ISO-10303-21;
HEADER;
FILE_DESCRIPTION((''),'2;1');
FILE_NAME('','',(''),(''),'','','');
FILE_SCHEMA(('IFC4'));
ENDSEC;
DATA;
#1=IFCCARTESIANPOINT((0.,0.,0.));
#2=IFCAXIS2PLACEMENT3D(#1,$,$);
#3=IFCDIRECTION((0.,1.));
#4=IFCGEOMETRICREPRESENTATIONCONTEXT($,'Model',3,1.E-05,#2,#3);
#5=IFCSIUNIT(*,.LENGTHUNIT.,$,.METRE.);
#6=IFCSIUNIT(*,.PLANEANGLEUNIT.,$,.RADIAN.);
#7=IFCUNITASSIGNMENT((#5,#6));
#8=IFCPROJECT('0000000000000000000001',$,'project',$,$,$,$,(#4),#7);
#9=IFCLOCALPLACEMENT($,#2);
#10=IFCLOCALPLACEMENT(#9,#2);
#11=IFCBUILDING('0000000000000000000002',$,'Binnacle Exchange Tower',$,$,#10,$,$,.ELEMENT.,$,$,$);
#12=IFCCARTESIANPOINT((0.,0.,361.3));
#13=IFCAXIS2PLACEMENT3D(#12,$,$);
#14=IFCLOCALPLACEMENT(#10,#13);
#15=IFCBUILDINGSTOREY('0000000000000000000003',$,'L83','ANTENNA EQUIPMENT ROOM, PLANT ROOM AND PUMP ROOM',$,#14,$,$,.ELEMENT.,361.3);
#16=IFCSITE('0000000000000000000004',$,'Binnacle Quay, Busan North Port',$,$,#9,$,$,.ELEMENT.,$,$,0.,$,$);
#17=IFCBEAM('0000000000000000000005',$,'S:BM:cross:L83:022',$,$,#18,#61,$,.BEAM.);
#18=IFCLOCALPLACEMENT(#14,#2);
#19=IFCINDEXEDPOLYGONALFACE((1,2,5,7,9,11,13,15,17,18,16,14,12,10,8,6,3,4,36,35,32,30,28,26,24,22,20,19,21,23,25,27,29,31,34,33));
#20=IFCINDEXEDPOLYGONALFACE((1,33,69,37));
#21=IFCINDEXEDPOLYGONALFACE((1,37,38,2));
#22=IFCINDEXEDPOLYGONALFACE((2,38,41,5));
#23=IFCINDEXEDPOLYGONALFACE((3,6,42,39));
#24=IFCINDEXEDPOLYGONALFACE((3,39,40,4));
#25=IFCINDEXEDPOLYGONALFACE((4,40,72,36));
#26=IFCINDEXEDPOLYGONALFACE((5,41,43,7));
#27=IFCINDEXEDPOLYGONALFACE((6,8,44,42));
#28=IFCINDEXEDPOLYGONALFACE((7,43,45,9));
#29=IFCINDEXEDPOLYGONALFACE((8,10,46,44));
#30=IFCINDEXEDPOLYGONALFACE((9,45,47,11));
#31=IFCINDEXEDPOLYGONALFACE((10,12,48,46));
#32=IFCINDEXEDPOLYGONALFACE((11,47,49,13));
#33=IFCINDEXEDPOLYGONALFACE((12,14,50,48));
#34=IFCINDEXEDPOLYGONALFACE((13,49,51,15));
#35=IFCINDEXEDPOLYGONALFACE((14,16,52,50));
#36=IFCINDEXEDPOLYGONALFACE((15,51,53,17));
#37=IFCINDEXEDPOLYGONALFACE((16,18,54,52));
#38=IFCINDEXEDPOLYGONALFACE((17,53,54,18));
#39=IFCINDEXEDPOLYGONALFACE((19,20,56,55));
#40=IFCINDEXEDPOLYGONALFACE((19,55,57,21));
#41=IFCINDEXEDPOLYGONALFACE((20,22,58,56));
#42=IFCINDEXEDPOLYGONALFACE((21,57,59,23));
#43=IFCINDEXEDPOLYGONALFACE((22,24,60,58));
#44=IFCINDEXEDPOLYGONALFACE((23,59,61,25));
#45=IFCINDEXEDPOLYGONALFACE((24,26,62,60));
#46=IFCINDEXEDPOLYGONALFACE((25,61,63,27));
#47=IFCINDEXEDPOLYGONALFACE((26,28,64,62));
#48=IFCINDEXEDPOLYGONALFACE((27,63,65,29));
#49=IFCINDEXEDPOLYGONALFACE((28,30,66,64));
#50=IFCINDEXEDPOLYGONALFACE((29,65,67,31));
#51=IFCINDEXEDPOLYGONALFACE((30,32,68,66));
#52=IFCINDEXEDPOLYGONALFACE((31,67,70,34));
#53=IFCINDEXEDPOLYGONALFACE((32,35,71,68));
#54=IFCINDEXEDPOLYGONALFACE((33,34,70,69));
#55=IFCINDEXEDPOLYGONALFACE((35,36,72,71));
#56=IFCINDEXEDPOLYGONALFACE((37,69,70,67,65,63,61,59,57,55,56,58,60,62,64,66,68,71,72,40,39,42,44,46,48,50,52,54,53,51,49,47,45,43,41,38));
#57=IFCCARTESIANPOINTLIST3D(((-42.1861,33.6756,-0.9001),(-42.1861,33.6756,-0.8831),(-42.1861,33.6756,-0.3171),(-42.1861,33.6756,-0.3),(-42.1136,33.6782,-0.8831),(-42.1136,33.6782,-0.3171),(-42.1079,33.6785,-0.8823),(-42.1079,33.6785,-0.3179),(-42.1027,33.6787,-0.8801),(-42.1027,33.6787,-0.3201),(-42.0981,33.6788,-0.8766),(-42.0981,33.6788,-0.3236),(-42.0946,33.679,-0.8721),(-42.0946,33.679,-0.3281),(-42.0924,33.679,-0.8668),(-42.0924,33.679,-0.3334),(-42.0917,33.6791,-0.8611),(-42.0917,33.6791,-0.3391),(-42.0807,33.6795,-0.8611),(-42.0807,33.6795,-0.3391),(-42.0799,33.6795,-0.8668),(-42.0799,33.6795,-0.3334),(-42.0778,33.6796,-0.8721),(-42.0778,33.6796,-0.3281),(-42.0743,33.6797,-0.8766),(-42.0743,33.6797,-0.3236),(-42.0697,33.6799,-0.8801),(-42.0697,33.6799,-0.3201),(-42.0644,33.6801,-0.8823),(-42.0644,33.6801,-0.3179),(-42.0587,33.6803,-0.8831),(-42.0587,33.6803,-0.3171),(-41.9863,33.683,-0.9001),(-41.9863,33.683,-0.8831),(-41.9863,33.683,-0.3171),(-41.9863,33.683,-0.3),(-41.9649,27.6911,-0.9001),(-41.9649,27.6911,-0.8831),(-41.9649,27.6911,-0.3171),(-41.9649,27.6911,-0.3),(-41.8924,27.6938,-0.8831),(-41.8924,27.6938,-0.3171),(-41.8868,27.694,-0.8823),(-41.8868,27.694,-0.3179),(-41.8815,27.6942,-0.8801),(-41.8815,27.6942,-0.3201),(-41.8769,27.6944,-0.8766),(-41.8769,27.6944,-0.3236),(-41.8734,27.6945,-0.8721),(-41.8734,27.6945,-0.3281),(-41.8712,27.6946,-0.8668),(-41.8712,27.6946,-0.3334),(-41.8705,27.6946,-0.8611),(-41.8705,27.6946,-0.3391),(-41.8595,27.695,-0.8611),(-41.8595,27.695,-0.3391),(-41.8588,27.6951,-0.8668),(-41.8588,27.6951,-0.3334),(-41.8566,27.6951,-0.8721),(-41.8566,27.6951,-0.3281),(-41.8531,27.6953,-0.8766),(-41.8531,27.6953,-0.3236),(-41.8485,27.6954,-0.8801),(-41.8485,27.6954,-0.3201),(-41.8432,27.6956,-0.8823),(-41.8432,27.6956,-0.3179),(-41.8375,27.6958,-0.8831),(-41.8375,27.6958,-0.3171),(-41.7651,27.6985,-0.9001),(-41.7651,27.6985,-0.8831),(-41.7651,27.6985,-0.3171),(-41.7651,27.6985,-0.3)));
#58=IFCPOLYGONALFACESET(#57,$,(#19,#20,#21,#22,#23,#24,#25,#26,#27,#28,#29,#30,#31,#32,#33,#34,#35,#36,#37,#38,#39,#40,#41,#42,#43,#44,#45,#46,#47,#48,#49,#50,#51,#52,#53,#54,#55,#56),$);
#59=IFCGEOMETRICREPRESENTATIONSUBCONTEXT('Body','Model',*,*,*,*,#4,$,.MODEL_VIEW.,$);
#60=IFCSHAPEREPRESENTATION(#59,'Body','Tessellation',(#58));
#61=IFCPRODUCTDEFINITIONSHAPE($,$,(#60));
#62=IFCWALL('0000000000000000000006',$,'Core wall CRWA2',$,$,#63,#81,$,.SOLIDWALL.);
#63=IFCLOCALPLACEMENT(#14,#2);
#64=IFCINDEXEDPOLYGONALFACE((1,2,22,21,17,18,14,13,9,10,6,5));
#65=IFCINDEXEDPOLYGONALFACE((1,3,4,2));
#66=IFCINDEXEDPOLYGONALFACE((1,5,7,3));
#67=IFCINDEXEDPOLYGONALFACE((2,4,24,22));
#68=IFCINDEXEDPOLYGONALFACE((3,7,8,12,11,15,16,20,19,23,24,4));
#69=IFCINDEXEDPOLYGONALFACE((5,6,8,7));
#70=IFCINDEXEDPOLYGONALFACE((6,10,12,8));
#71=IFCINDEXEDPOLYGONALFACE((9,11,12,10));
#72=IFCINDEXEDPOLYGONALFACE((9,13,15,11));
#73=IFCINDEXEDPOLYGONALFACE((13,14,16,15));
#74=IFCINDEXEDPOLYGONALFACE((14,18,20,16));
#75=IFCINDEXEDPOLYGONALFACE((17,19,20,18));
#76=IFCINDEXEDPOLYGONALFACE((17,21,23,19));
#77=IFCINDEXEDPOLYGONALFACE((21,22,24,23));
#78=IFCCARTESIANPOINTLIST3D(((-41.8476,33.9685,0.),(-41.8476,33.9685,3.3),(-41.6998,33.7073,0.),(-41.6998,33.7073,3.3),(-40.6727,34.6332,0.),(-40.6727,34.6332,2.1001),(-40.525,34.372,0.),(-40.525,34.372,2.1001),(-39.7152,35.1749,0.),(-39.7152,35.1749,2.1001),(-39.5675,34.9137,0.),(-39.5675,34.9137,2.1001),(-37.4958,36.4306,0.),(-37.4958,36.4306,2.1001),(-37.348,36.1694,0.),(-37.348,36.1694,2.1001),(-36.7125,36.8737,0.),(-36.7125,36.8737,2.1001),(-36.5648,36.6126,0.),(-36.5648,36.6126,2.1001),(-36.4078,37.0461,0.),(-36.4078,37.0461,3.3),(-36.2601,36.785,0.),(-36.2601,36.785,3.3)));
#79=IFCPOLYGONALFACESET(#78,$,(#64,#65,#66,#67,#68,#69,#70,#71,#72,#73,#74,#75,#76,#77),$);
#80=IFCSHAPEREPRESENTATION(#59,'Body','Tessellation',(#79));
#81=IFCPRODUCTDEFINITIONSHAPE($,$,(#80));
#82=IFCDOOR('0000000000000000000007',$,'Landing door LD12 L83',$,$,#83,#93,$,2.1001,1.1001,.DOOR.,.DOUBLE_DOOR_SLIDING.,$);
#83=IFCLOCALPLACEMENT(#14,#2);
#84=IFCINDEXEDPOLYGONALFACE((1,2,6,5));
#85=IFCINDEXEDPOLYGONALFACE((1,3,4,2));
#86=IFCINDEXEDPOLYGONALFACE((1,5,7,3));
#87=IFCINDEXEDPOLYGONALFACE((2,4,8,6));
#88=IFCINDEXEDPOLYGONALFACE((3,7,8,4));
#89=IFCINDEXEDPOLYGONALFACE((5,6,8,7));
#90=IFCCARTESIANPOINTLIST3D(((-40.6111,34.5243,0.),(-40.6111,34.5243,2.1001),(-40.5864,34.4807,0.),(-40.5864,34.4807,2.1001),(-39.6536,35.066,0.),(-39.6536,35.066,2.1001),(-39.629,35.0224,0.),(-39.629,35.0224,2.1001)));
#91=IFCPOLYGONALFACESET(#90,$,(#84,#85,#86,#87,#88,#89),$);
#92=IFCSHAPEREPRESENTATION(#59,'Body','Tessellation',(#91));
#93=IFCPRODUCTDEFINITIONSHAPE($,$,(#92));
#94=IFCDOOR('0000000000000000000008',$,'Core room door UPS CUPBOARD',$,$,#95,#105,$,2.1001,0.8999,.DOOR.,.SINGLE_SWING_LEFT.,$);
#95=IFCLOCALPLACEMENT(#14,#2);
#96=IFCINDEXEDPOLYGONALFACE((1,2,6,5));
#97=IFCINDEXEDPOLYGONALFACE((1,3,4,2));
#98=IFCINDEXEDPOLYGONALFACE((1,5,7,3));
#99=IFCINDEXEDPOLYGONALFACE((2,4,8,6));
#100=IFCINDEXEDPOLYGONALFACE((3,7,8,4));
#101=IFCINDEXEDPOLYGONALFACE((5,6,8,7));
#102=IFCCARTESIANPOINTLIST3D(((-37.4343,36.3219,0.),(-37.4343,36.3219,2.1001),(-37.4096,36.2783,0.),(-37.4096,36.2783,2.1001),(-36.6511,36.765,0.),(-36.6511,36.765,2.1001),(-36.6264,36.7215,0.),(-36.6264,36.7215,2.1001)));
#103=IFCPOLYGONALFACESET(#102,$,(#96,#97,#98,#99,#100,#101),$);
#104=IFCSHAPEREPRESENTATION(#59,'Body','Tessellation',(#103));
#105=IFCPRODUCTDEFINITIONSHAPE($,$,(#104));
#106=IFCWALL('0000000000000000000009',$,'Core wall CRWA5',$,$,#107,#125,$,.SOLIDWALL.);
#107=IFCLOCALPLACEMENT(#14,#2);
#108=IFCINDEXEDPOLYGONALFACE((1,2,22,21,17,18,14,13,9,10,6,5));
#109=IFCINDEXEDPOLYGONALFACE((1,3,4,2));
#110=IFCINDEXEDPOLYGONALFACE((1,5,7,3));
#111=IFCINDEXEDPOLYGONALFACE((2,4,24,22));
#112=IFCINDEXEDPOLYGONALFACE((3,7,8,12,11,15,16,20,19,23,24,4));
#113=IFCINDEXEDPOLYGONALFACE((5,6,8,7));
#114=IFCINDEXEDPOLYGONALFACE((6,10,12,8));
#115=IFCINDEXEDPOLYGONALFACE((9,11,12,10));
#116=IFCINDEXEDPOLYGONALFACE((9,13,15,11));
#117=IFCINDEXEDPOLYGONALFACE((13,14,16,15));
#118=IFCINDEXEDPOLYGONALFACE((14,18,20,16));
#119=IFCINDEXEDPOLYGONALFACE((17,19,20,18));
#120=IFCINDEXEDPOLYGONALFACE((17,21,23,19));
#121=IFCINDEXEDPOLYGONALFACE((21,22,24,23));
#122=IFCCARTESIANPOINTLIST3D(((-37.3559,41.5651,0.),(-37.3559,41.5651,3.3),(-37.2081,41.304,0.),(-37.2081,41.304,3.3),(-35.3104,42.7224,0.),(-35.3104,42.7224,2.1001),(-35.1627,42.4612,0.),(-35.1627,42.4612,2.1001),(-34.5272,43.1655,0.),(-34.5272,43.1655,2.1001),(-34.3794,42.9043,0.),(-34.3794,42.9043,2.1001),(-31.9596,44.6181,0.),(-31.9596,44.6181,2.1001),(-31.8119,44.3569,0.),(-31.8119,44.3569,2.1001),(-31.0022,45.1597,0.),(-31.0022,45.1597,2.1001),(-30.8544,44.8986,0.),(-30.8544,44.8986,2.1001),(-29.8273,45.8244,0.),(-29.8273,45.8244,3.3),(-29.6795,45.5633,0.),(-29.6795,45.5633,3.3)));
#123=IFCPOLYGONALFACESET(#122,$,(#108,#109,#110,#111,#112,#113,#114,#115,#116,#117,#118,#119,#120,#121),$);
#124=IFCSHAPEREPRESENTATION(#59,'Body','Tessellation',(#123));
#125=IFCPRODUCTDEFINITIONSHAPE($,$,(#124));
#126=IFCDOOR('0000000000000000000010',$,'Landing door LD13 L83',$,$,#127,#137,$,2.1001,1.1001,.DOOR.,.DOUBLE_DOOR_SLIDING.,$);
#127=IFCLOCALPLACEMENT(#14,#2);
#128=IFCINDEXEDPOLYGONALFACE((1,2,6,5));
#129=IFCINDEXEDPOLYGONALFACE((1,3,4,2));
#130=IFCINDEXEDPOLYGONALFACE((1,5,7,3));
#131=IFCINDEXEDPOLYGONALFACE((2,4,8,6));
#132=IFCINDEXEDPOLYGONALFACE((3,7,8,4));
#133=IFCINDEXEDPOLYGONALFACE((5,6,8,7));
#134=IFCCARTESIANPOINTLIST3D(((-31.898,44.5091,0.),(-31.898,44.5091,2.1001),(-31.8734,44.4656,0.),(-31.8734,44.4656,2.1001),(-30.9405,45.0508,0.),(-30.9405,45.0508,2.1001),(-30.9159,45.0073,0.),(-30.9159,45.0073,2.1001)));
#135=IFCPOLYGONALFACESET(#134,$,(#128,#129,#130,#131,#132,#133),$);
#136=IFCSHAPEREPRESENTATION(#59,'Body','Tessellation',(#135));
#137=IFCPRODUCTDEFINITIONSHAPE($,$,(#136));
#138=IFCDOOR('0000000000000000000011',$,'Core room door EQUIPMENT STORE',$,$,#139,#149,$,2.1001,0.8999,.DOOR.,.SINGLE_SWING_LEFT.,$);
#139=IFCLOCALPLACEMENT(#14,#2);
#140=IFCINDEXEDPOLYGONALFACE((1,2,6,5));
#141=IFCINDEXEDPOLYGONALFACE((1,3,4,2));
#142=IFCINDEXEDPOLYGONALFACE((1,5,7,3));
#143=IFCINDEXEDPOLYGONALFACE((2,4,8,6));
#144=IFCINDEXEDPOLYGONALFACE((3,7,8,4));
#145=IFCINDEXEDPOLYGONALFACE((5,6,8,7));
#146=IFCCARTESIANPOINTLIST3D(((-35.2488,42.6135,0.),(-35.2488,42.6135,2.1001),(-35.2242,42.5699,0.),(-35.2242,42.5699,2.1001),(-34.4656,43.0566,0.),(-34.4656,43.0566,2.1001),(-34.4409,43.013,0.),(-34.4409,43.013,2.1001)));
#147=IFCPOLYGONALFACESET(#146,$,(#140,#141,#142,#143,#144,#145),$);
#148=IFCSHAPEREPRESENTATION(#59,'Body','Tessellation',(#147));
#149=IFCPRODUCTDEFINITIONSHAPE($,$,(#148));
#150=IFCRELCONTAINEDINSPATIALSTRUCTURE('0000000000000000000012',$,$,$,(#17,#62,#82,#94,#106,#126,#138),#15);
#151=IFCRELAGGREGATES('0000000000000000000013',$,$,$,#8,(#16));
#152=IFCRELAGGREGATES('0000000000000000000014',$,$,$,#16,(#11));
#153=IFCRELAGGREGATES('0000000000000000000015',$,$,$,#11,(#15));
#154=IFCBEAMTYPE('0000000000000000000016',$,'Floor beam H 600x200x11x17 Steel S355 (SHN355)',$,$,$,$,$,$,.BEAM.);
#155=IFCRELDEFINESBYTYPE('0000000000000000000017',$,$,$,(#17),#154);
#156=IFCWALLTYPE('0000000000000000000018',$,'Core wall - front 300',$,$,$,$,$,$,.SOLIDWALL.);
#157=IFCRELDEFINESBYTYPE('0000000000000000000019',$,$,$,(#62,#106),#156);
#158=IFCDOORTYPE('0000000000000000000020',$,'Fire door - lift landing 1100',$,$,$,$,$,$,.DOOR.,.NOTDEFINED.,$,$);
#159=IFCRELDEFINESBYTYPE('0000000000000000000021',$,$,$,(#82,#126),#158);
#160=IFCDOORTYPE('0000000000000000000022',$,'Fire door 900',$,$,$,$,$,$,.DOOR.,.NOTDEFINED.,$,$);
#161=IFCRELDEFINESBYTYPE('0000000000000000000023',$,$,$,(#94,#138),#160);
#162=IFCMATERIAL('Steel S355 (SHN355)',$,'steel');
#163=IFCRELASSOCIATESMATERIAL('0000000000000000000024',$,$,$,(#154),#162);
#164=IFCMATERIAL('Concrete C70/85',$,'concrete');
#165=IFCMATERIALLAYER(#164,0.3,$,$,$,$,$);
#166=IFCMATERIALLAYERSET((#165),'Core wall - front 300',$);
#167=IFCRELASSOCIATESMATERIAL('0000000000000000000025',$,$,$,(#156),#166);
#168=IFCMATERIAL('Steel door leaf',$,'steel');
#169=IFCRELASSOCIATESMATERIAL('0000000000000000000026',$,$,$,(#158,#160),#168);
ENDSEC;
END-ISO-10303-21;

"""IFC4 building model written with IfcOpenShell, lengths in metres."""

from ifc_helpers import new_model, si_unit, direction, frame, frame_2d, origin, origin_2d, place, context, subcontext, project, spatial, rectangle, i_section, extrude, material, layer, layer_set, material_profile, profile_set, type_object, element, fill, save


model = new_model("IFC4")

# Units and contexts
model_context = context("Model", 3, precision=1e-05, world=origin(), true_north=direction((0.0, 1.0)))
body_context = subcontext(model_context, "Body", "Model", "MODEL_VIEW")
ifc_project = project(units=[si_unit("LENGTHUNIT", "METRE"), si_unit("PLANEANGLEUNIT", "RADIAN")], contexts=[model_context])

# Site, building, storey
site_placement = place(None, origin())
site = spatial("IfcSite", under=ifc_project, at=site_placement, Name="Binnacle Quay, Busan North Port", CompositionType="ELEMENT", RefElevation=0.0)
building_placement = place(site_placement, origin())
building = spatial("IfcBuilding", under=site, at=building_placement, Name="Binnacle Exchange Tower", CompositionType="ELEMENT")
storey_placement = place(building_placement, frame((0.0, 0.0, 361.3)))
storey = spatial("IfcBuildingStorey", under=building, at=storey_placement, Name="L83", Description="ANTENNA EQUIPMENT ROOM, PLANT ROOM AND PUMP ROOM", CompositionType="ELEMENT", Elevation=361.3)

# Shared definitions
ifc_material_1 = material(Name="Steel S355 (SHN355)", Category="steel")

# Beam
ifc_material_profile_1 = material_profile(ifc_material_1, i_section(OverallWidth=0.2, OverallDepth=0.6001, WebThickness=0.011, FlangeThickness=0.0171, FilletRadius=0.022, at=origin_2d()), Name="H 600x200x11x17")
ifc_profile_set_1 = profile_set([ifc_material_profile_1], Name="Steel S355 (SHN355)")
beam_type_1 = type_object("IfcBeamType", Name="Floor beam H 600x200x11x17 Steel S355 (SHN355)", PredefinedType="BEAM", material=ifc_profile_set_1)
beam_1_placement = place(storey_placement, frame((-41.865, 27.6948, -0.6001), z_axis=(-0.036936, 0.999318, 0.0), x_axis=(-0.999318, -0.036936, 0.0)))
element("IfcBeam", 1, at=beam_1_placement, inside=storey, type_object=beam_type_1, Name="S:BM:cross:L83:022", PredefinedType="BEAM", context=body_context, shape_type="SweptSolid", body=[
    extrude(i_section(OverallWidth=0.2, OverallDepth=0.6001, WebThickness=0.011, FlangeThickness=0.0171, FilletRadius=0.022, at=origin_2d()), origin(), (0.0, 0.0, 1.0), 5.9885),
])

# Walls, openings, doors
ifc_material_2 = material(Name="Concrete C70/85", Category="concrete")
ifc_layer_1 = layer(ifc_material_2, 0.3)
ifc_layer_set_1 = layer_set([ifc_layer_1], Name="Core wall - front 300")
wall_type_1 = type_object("IfcWallType", Name="Core wall - front 300", PredefinedType="SOLIDWALL", material=ifc_layer_set_1)
wall_1_placement = place(storey_placement, frame((-41.7737, 33.8379, 0.0), z_axis=(0.0, 0.0, 1.0), x_axis=(0.870355, 0.492424, 0.0)))
wall_1 = element("IfcWall", 2, at=wall_1_placement, inside=storey, type_object=wall_type_1, Name="Core wall CRWA2", PredefinedType="SOLIDWALL", context=body_context, shape_type="SweptSolid", body=[
    extrude(rectangle(XDim=6.25, YDim=0.3, at=frame_2d((3.125, 0.0))), origin(), (0.0, 0.0, 1.0), 3.3),
])
opening_1_placement = place(wall_1_placement, frame((1.3499, 0.0, 0.0)))
opening_1 = element("IfcOpeningElement", 3, at=opening_1_placement, cuts=wall_1, PredefinedType="OPENING", context=body_context, shape_type="SweptSolid", body=[
    extrude(rectangle(XDim=1.1001, YDim=2.1001, at=frame_2d((0.55, 1.05))), frame((0.0, 0.1599, 0.0), z_axis=(0.0, -1.0, 0.0), x_axis=(1.0, 0.0, 0.0)), (0.0, 0.0, 1.0), 0.3201),
])
opening_2_placement = place(wall_1_placement, frame((5.0, 0.0, 0.0)))
opening_2 = element("IfcOpeningElement", 4, at=opening_2_placement, cuts=wall_1, PredefinedType="OPENING", context=body_context, shape_type="SweptSolid", body=[
    extrude(rectangle(XDim=0.8999, YDim=2.1001, at=frame_2d((0.45, 1.05))), frame((0.0, 0.1599, 0.0), z_axis=(0.0, -1.0, 0.0), x_axis=(1.0, 0.0, 0.0)), (0.0, 0.0, 1.0), 0.3201),
])
ifc_material_3 = material(Name="Steel door leaf", Category="steel")
door_type_1 = type_object("IfcDoorType", Name="Fire door - lift landing 1100", OperationType="NOTDEFINED", PredefinedType="DOOR", material=ifc_material_3)
door_1_placement = place(opening_1_placement, origin())
door_1 = element("IfcDoor", 5, at=door_1_placement, inside=storey, type_object=door_type_1, Name="Landing door LD12 L83", OperationType="DOUBLE_DOOR_SLIDING", OverallHeight=2.1001, OverallWidth=1.1001, PredefinedType="DOOR", context=body_context, shape_type="SweptSolid", body=[
    extrude(rectangle(XDim=1.1001, YDim=2.1001, at=frame_2d((0.55, 1.05))), frame((0.0, 0.0249, 0.0), z_axis=(0.0, -1.0, 0.0), x_axis=(1.0, 0.0, 0.0)), (0.0, 0.0, 1.0), 0.05),
])
fill(opening_1, door_1)
door_type_2 = type_object("IfcDoorType", Name="Fire door 900", OperationType="NOTDEFINED", PredefinedType="DOOR", material=ifc_material_3)
door_2_placement = place(opening_2_placement, frame((0.8999, 0.0, 0.0), z_axis=(0.0, 0.0, 1.0), x_axis=(-1.0, 0.0, 0.0)))
door_2 = element("IfcDoor", 6, at=door_2_placement, inside=storey, type_object=door_type_2, Name="Core room door UPS CUPBOARD", OperationType="SINGLE_SWING_LEFT", OverallHeight=2.1001, OverallWidth=0.8999, PredefinedType="DOOR", context=body_context, shape_type="SweptSolid", body=[
    extrude(rectangle(XDim=0.8999, YDim=2.1001, at=frame_2d((0.45, 1.05))), frame((0.0, 0.0249, 0.0), z_axis=(0.0, -1.0, 0.0), x_axis=(1.0, 0.0, 0.0)), (0.0, 0.0, 1.0), 0.05),
])
fill(opening_2, door_2)
wall_2_placement = place(storey_placement, frame((-37.282, 41.4346, 0.0), z_axis=(0.0, 0.0, 1.0), x_axis=(0.870365, 0.492408, 0.0)))
wall_2 = element("IfcWall", 7, at=wall_2_placement, inside=storey, type_object=wall_type_1, Name="Core wall CRWA5", PredefinedType="SOLIDWALL", context=body_context, shape_type="SweptSolid", body=[
    extrude(rectangle(XDim=8.6499, YDim=0.3, at=frame_2d((4.325, 0.0))), origin(), (0.0, 0.0, 1.0), 3.3),
])
opening_3_placement = place(wall_2_placement, frame((6.2, 0.0, 0.0)))
opening_3 = element("IfcOpeningElement", 8, at=opening_3_placement, cuts=wall_2, PredefinedType="OPENING", context=body_context, shape_type="SweptSolid", body=[
    extrude(rectangle(XDim=1.1001, YDim=2.1001, at=frame_2d((0.55, 1.05))), frame((0.0, 0.1599, 0.0), z_axis=(0.0, -1.0, 0.0), x_axis=(1.0, 0.0, 0.0)), (0.0, 0.0, 1.0), 0.3201),
])
opening_4_placement = place(wall_2_placement, frame((2.3501, 0.0, 0.0)))
opening_4 = element("IfcOpeningElement", 9, at=opening_4_placement, cuts=wall_2, PredefinedType="OPENING", context=body_context, shape_type="SweptSolid", body=[
    extrude(rectangle(XDim=0.8999, YDim=2.1001, at=frame_2d((0.45, 1.05))), frame((0.0, 0.1599, 0.0), z_axis=(0.0, -1.0, 0.0), x_axis=(1.0, 0.0, 0.0)), (0.0, 0.0, 1.0), 0.3201),
])
door_3_placement = place(opening_3_placement, origin())
door_3 = element("IfcDoor", 10, at=door_3_placement, inside=storey, type_object=door_type_1, Name="Landing door LD13 L83", OperationType="DOUBLE_DOOR_SLIDING", OverallHeight=2.1001, OverallWidth=1.1001, PredefinedType="DOOR", context=body_context, shape_type="SweptSolid", body=[
    extrude(rectangle(XDim=1.1001, YDim=2.1001, at=frame_2d((0.55, 1.05))), frame((0.0, 0.0249, 0.0), z_axis=(0.0, -1.0, 0.0), x_axis=(1.0, 0.0, 0.0)), (0.0, 0.0, 1.0), 0.05),
])
fill(opening_3, door_3)
door_4_placement = place(opening_4_placement, origin())
door_4 = element("IfcDoor", 11, at=door_4_placement, inside=storey, type_object=door_type_2, Name="Core room door EQUIPMENT STORE", OperationType="SINGLE_SWING_LEFT", OverallHeight=2.1001, OverallWidth=0.8999, PredefinedType="DOOR", context=body_context, shape_type="SweptSolid", body=[
    extrude(rectangle(XDim=0.8999, YDim=2.1001, at=frame_2d((0.45, 1.05))), frame((0.0, 0.0249, 0.0), z_axis=(0.0, -1.0, 0.0), x_axis=(1.0, 0.0, 0.0)), (0.0, 0.0, 1.0), 0.05),
])
fill(opening_4, door_4)

save(model, "model.ifc")
